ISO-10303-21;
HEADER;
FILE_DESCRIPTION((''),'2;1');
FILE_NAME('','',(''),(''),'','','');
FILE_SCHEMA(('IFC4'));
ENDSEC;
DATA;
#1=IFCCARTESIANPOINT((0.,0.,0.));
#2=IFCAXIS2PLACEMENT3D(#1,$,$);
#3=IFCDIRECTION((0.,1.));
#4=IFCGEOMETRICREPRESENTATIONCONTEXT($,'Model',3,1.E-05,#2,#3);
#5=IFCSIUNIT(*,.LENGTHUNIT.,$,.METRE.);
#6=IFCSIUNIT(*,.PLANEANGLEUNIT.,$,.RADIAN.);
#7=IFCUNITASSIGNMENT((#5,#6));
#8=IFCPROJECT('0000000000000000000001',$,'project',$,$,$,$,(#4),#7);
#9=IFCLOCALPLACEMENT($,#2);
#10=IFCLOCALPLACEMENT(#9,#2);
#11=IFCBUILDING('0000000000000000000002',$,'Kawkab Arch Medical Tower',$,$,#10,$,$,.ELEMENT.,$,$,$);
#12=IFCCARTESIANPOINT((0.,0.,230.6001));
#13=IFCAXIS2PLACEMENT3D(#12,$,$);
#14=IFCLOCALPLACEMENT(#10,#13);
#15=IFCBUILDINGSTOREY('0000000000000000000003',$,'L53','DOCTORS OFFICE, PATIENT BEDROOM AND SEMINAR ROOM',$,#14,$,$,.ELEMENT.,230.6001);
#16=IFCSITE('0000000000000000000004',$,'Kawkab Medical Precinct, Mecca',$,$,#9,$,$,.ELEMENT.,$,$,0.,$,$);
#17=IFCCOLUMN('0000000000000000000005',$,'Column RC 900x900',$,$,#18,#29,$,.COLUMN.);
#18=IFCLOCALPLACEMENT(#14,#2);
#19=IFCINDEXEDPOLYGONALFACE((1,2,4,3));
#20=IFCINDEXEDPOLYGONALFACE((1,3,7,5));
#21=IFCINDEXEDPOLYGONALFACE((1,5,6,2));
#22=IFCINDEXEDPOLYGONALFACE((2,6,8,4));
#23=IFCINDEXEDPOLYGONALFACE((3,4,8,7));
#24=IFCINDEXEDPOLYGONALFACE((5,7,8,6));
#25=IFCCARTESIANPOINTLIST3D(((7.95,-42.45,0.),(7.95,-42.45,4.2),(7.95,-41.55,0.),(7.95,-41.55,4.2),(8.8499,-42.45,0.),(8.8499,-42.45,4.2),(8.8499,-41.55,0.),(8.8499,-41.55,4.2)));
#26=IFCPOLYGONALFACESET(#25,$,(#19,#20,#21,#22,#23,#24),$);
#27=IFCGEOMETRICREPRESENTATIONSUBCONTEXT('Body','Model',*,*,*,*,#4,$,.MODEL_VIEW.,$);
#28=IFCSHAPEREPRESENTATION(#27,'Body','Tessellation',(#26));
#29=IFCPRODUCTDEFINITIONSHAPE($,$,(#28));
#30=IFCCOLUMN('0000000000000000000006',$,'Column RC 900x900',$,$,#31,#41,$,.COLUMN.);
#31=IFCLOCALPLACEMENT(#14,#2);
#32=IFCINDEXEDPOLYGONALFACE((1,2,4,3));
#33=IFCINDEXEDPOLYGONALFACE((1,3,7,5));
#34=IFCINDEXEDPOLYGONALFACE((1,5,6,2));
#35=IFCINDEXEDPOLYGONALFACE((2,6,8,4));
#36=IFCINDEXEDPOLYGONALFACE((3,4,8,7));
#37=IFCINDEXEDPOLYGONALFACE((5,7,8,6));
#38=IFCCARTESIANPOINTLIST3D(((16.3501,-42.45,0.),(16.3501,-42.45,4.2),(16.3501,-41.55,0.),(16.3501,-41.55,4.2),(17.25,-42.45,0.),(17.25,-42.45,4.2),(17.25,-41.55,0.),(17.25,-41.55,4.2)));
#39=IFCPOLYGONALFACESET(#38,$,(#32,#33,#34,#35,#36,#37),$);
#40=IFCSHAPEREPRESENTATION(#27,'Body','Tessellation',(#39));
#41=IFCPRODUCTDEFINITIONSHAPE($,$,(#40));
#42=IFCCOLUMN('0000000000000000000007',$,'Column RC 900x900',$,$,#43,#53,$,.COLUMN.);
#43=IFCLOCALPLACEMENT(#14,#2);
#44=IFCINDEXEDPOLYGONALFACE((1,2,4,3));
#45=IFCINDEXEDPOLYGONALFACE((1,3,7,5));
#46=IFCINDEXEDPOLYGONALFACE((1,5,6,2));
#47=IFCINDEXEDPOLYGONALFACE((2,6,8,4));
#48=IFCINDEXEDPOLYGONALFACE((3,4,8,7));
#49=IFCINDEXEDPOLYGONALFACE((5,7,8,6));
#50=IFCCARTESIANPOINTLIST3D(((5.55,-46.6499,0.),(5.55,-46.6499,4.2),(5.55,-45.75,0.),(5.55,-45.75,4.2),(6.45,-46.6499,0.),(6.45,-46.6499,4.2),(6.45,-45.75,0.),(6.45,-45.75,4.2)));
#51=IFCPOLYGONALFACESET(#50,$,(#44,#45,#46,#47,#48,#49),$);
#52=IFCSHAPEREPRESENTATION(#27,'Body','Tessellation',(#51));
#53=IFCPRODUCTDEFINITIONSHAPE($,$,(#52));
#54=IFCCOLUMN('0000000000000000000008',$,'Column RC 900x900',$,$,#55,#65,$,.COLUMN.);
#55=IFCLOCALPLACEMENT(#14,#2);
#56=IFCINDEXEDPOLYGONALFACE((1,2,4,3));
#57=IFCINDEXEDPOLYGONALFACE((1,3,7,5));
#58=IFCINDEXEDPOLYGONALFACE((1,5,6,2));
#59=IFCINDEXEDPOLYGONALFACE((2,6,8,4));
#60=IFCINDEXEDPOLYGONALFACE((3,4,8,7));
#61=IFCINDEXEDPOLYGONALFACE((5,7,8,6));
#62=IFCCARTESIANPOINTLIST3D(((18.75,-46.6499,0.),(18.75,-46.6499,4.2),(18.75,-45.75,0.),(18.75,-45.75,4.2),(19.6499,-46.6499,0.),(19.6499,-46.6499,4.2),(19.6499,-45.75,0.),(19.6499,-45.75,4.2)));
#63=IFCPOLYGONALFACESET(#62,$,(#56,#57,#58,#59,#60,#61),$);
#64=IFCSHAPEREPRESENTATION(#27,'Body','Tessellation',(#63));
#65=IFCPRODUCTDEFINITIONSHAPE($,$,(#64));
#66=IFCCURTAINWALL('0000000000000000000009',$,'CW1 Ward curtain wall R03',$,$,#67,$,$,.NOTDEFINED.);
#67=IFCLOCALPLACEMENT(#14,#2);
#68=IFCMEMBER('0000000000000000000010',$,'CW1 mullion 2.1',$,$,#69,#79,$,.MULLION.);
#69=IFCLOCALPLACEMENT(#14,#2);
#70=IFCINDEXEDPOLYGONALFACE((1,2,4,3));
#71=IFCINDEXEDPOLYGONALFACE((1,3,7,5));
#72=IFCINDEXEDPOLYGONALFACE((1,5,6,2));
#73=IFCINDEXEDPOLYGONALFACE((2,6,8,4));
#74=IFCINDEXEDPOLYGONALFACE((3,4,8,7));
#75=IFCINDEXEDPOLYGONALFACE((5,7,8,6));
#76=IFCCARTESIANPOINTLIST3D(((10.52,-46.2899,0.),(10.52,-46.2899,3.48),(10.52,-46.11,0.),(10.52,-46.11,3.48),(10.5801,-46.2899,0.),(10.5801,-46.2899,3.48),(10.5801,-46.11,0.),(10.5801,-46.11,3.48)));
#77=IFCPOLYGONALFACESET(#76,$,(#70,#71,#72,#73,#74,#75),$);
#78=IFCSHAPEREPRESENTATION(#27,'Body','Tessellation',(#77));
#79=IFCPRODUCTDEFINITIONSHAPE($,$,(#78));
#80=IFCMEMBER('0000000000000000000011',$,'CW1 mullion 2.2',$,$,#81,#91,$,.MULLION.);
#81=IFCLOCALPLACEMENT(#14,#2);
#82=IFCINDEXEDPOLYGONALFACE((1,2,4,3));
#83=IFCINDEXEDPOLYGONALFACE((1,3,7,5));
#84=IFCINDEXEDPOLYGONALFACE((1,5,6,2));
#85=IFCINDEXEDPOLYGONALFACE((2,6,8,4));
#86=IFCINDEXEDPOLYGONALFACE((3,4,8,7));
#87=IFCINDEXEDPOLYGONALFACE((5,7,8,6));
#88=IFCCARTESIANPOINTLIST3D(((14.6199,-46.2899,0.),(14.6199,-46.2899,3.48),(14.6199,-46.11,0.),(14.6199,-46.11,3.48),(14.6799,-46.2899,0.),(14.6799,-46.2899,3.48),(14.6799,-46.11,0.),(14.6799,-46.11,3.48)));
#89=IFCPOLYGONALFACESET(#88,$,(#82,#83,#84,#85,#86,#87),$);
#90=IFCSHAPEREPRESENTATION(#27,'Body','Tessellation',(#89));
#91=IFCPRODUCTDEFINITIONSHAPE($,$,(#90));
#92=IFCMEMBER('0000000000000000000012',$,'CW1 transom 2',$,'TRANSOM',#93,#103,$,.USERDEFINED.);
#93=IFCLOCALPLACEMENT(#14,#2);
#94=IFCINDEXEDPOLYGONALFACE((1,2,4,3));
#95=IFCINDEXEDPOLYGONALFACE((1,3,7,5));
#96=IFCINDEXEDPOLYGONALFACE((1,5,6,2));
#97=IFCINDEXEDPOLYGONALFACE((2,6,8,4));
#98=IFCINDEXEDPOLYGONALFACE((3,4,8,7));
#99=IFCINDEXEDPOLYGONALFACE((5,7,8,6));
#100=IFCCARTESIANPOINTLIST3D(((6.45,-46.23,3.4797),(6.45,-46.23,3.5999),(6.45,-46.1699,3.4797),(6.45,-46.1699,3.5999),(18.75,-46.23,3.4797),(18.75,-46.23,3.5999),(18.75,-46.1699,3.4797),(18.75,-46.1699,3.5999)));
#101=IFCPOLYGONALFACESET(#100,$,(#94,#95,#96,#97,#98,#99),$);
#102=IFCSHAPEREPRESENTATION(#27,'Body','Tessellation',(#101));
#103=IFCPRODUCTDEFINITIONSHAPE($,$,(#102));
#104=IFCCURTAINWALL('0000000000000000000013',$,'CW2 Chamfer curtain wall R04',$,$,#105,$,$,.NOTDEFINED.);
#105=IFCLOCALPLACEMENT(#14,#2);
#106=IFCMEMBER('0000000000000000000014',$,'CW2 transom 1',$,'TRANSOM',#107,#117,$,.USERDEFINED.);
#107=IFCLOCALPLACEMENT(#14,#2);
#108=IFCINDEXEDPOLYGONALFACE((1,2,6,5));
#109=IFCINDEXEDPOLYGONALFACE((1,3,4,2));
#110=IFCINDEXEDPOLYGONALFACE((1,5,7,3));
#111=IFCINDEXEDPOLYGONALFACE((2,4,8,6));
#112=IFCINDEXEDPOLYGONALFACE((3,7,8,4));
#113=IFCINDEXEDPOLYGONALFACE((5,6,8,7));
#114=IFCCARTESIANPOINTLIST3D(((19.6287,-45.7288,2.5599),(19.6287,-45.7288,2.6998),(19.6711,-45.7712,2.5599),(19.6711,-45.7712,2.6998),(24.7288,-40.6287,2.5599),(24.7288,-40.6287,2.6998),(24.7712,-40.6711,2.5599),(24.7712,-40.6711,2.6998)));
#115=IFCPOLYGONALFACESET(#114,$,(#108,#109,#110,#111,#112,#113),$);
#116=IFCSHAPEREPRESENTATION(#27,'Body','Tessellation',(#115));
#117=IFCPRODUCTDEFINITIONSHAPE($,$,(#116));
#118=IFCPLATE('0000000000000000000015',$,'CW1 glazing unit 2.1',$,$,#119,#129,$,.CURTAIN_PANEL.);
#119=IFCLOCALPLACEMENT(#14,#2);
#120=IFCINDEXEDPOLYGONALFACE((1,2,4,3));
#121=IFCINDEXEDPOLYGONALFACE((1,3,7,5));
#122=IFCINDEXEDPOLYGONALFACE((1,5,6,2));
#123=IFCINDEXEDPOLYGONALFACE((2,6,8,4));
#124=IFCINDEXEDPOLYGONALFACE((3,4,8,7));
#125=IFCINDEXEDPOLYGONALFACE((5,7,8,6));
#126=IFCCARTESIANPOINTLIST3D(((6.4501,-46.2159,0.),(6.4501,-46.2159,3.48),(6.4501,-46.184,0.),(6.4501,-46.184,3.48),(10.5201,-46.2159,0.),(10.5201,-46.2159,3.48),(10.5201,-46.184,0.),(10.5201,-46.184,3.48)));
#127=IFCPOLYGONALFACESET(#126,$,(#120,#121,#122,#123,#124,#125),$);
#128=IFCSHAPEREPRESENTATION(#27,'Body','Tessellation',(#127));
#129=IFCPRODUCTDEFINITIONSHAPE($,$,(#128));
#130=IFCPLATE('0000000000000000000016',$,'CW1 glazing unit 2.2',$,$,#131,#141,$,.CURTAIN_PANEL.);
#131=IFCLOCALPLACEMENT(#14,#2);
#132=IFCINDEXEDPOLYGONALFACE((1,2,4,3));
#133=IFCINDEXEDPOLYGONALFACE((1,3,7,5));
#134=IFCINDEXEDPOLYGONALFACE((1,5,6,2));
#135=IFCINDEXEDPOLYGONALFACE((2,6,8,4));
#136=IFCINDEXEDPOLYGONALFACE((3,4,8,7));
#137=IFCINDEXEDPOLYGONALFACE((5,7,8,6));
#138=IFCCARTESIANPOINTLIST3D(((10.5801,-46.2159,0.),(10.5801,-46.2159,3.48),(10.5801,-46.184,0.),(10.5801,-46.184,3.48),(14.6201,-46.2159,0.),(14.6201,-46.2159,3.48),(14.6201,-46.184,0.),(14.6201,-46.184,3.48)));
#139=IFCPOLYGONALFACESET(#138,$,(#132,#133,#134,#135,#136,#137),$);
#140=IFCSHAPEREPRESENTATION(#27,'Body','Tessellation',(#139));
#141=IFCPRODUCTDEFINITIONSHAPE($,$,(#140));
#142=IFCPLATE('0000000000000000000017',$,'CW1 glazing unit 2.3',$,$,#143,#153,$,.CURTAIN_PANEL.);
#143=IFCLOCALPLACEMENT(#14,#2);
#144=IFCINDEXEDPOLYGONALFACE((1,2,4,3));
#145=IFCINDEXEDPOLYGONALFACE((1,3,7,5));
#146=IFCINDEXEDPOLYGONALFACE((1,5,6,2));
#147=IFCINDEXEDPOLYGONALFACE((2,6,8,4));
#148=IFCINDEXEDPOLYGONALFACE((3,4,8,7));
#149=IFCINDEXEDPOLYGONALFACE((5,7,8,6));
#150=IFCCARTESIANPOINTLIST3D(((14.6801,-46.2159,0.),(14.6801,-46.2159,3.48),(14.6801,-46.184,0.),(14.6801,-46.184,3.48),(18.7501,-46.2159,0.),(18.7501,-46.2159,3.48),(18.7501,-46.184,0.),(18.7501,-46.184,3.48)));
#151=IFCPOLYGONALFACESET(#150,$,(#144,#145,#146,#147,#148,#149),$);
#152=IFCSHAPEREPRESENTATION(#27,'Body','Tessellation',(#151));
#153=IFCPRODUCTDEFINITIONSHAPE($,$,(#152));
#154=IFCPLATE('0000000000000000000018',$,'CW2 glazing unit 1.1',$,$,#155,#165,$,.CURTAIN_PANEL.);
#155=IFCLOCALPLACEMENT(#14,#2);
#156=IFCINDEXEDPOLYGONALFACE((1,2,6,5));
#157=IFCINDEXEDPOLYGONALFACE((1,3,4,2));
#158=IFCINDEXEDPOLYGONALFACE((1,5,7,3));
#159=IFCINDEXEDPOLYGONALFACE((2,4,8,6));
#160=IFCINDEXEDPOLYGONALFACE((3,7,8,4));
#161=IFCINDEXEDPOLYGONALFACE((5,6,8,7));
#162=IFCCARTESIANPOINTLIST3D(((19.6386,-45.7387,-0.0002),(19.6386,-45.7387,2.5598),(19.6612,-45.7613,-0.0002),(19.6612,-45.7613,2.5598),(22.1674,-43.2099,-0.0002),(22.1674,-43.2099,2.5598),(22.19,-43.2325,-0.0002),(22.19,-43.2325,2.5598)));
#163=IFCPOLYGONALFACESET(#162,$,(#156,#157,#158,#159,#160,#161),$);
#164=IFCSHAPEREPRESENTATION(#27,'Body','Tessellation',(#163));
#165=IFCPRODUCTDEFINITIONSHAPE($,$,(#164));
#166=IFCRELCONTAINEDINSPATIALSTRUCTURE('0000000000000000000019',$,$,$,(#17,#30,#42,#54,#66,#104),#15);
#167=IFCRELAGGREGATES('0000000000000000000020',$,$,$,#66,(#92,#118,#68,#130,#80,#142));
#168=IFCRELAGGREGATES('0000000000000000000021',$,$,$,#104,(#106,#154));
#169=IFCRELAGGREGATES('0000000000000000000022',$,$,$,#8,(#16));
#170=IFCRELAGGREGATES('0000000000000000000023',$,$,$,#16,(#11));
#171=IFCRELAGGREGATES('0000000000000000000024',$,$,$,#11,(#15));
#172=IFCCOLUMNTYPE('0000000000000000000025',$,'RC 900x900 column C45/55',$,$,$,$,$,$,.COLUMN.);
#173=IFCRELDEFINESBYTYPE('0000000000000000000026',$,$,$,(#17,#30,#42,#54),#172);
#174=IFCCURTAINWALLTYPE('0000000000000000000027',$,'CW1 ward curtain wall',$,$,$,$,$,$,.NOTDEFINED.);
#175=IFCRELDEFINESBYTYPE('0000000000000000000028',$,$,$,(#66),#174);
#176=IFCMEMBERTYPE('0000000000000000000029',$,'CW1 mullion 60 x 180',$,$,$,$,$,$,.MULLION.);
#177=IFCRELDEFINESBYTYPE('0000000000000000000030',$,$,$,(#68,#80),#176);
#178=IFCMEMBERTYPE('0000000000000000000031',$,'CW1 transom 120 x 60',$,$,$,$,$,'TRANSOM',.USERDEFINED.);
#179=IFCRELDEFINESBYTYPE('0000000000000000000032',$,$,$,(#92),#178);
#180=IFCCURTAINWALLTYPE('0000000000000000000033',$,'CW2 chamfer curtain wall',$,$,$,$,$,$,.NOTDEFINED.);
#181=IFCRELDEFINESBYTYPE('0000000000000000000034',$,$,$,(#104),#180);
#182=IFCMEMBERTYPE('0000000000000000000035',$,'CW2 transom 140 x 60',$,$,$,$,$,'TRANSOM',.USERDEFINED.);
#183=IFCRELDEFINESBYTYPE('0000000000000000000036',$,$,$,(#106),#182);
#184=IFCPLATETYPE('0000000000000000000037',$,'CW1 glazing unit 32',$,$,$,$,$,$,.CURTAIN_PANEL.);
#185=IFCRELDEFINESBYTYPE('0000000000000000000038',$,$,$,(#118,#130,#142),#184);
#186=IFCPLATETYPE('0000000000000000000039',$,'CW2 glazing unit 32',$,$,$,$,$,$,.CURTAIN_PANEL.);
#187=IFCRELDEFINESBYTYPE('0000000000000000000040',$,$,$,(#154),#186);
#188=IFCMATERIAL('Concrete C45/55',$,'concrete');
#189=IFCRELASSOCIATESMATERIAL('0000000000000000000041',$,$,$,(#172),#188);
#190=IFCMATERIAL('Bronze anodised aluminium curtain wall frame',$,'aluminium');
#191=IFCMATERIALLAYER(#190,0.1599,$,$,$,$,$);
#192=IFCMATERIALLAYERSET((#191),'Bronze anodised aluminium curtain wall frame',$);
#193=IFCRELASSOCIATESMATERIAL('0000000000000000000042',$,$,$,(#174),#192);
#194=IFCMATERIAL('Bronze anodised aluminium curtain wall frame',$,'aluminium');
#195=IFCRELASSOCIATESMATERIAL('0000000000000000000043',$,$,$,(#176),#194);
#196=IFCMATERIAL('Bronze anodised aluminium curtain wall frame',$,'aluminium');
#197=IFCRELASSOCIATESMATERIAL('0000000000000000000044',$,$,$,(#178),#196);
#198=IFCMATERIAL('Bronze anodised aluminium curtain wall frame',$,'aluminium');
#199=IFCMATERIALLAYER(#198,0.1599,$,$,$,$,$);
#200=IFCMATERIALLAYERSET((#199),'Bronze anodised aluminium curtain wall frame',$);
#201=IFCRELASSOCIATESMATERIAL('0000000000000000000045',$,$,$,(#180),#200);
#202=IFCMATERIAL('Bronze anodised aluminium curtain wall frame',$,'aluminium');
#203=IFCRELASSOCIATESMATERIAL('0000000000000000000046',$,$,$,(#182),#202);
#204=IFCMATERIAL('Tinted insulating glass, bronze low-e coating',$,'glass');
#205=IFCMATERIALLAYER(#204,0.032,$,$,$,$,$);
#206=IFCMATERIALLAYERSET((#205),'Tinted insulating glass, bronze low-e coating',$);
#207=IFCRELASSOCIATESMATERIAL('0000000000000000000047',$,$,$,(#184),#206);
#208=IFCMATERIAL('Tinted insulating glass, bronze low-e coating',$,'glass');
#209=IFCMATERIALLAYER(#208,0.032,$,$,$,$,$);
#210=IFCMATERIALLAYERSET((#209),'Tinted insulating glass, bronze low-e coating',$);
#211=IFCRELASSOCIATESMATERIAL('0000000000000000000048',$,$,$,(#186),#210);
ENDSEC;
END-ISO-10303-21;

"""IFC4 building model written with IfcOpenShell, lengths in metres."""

from ifc_helpers import new_model, si_unit, direction, frame, origin, origin_2d, place, context, subcontext, project, spatial, rectangle, extrude, material, layer, layer_set, material_profile, profile_set, type_object, element, aggregate, save


model = new_model("IFC4")

# Units and contexts
model_context = context("Model", 3, precision=1e-05, world=origin(), true_north=direction((0.0, 1.0)))
body_context = subcontext(model_context, "Body", "Model", "MODEL_VIEW")
ifc_project = project(units=[si_unit("LENGTHUNIT", "METRE"), si_unit("PLANEANGLEUNIT", "RADIAN")], contexts=[model_context])

# Site, building, storey
site_placement = place(None, origin())
site = spatial("IfcSite", under=ifc_project, at=site_placement, Name="Kawkab Medical Precinct, Mecca", CompositionType="ELEMENT", RefElevation=0.0)
building_placement = place(site_placement, origin())
building = spatial("IfcBuilding", under=site, at=building_placement, Name="Kawkab Arch Medical Tower", CompositionType="ELEMENT")
storey_placement = place(building_placement, frame((0.0, 0.0, 230.6001)))
storey = spatial("IfcBuildingStorey", under=building, at=storey_placement, Name="L53", Description="DOCTORS OFFICE, PATIENT BEDROOM AND SEMINAR ROOM", CompositionType="ELEMENT", Elevation=230.6001)

# Columns
ifc_material_1 = material(Name="Concrete C45/55", Category="concrete")
ifc_material_profile_1 = material_profile(ifc_material_1, rectangle(XDim=0.8999, YDim=0.8999, at=origin_2d()), Name="RC 900x900")
ifc_profile_set_1 = profile_set([ifc_material_profile_1], Name="Concrete C45/55")
column_type = type_object("IfcColumnType", Name="RC 900x900 column C45/55", PredefinedType="COLUMN", material=ifc_profile_set_1)
for number, where, z_axis, x_axis, name in (
    (1, (8.3999, -42.0, 0.0), (0.0, 0.0, 1.0), (1.0, 0.0, 0.0), "Column RC 900x900"),
    (2, (16.8, -42.0, 0.0), (0.0, 0.0, 1.0), (1.0, 0.0, 0.0), "Column RC 900x900"),
    (3, (6.0, -46.2, 0.0), (0.0, 0.0, 1.0), (1.0, 0.0, 0.0), "Column RC 900x900"),
    (4, (19.2, -46.2, 0.0), (0.0, 0.0, 1.0), (1.0, 0.0, 0.0), "Column RC 900x900"),
):
    element("IfcColumn", number, at=place(storey_placement, frame(where, z_axis=z_axis, x_axis=x_axis)), inside=storey, type_object=column_type, Name=name, PredefinedType="COLUMN", context=body_context, shape_type="SweptSolid", body=[
        extrude(rectangle(XDim=0.8999, YDim=0.8999, at=origin_2d()), origin(), (0.0, 0.0, 1.0), 4.2),
    ])

# Curtain wall, members
ifc_material_2 = material(Name="Bronze anodised aluminium curtain wall frame", Category="aluminium")
ifc_layer_1 = layer(ifc_material_2, 0.1599)
ifc_layer_set_1 = layer_set([ifc_layer_1], Name="Bronze anodised aluminium curtain wall frame")
curtain_wall_type_1 = type_object("IfcCurtainWallType", Name="CW1 ward curtain wall", PredefinedType="NOTDEFINED", material=ifc_layer_set_1)
placement = place(storey_placement, origin())
curtain_wall_1 = element("IfcCurtainWall", 5, at=placement, inside=storey, type_object=curtain_wall_type_1, Name="CW1 Ward curtain wall R03", PredefinedType="NOTDEFINED")
ifc_material_3 = material(Name="Bronze anodised aluminium curtain wall frame", Category="aluminium")
ifc_material_profile_2 = material_profile(ifc_material_3, rectangle(XDim=0.1799, YDim=0.0601, at=origin_2d()), Name="AL 60x180")
ifc_profile_set_2 = profile_set([ifc_material_profile_2], Name="Bronze anodised aluminium curtain wall frame")
member_type_1 = type_object("IfcMemberType", Name="CW1 mullion 60 x 180", PredefinedType="MULLION", material=ifc_profile_set_2)
member_1_placement = place(storey_placement, frame((10.55, -46.2, 0.0), z_axis=(0.0, 0.0, 1.0), x_axis=(0.0, 1.0, 0.0)))
member_1 = element("IfcMember", 6, at=member_1_placement, type_object=member_type_1, Name="CW1 mullion 2.1", PredefinedType="MULLION", context=body_context, shape_type="SweptSolid", body=[
    extrude(rectangle(XDim=0.1799, YDim=0.0601, at=origin_2d()), origin(), (0.0, 0.0, 1.0), 3.48),
])
member_2_placement = place(storey_placement, frame((14.6499, -46.2, 0.0), z_axis=(0.0, 0.0, 1.0), x_axis=(0.0, 1.0, 0.0)))
member_2 = element("IfcMember", 7, at=member_2_placement, type_object=member_type_1, Name="CW1 mullion 2.2", PredefinedType="MULLION", context=body_context, shape_type="SweptSolid", body=[
    extrude(rectangle(XDim=0.1799, YDim=0.0601, at=origin_2d()), origin(), (0.0, 0.0, 1.0), 3.48),
])
ifc_material_4 = material(Name="Bronze anodised aluminium curtain wall frame", Category="aluminium")
ifc_material_profile_3 = material_profile(ifc_material_4, rectangle(XDim=0.0601, YDim=0.1201, at=origin_2d()), Name="AL 60x120")
ifc_profile_set_3 = profile_set([ifc_material_profile_3], Name="Bronze anodised aluminium curtain wall frame")
member_type_2 = type_object("IfcMemberType", Name="CW1 transom 120 x 60", ElementType="TRANSOM", PredefinedType="USERDEFINED", material=ifc_profile_set_3)
member_3_placement = place(storey_placement, frame((6.45, -46.2, 3.5398), z_axis=(1.0, 0.0, 0.0), x_axis=(0.0, 1.0, 0.0)))
member_3 = element("IfcMember", 8, at=member_3_placement, type_object=member_type_2, Name="CW1 transom 2", ObjectType="TRANSOM", PredefinedType="USERDEFINED", context=body_context, shape_type="SweptSolid", body=[
    extrude(rectangle(XDim=0.0601, YDim=0.1201, at=origin_2d()), origin(), (0.0, 0.0, 1.0), 12.3),
])

# Curtain wall, member
ifc_material_5 = material(Name="Bronze anodised aluminium curtain wall frame", Category="aluminium")
ifc_layer_2 = layer(ifc_material_5, 0.1599)
ifc_layer_set_2 = layer_set([ifc_layer_2], Name="Bronze anodised aluminium curtain wall frame")
curtain_wall_type_2 = type_object("IfcCurtainWallType", Name="CW2 chamfer curtain wall", PredefinedType="NOTDEFINED", material=ifc_layer_set_2)
curtain_wall_2 = element("IfcCurtainWall", 9, at=placement, inside=storey, type_object=curtain_wall_type_2, Name="CW2 Chamfer curtain wall R04", PredefinedType="NOTDEFINED")
ifc_material_6 = material(Name="Bronze anodised aluminium curtain wall frame", Category="aluminium")
ifc_material_profile_4 = material_profile(ifc_material_6, rectangle(XDim=0.0601, YDim=0.1399, at=origin_2d()), Name="AL 60x140")
ifc_profile_set_4 = profile_set([ifc_material_profile_4], Name="Bronze anodised aluminium curtain wall frame")
member_type_3 = type_object("IfcMemberType", Name="CW2 transom 140 x 60", ElementType="TRANSOM", PredefinedType="USERDEFINED", material=ifc_profile_set_4)
member_4_placement = place(storey_placement, frame((19.6499, -45.75, 2.6299), z_axis=(0.707107, 0.707107, 0.0), x_axis=(-0.707107, 0.707107, 0.0)))
member_4 = element("IfcMember", 10, at=member_4_placement, type_object=member_type_3, Name="CW2 transom 1", ObjectType="TRANSOM", PredefinedType="USERDEFINED", context=body_context, shape_type="SweptSolid", body=[
    extrude(rectangle(XDim=0.0601, YDim=0.1399, at=origin_2d()), origin(), (0.0, 0.0, 1.0), 7.2126),
])

# Plates
ifc_material_7 = material(Name="Tinted insulating glass, bronze low-e coating", Category="glass")
ifc_layer_3 = layer(ifc_material_7, 0.032)
ifc_layer_set_3 = layer_set([ifc_layer_3], Name="Tinted insulating glass, bronze low-e coating")
plate_type_1 = type_object("IfcPlateType", Name="CW1 glazing unit 32", PredefinedType="CURTAIN_PANEL", material=ifc_layer_set_3)
plate_1_placement = place(storey_placement, frame((8.4851, -46.2, 0.0), z_axis=(0.0, 0.0, 1.0), x_axis=(1.0, 0.0, 0.0)))
plate_1 = element("IfcPlate", 11, at=plate_1_placement, type_object=plate_type_1, Name="CW1 glazing unit 2.1", PredefinedType="CURTAIN_PANEL", context=body_context, shape_type="SweptSolid", body=[
    extrude(rectangle(XDim=4.0701, YDim=0.032, at=origin_2d()), origin(), (0.0, 0.0, 1.0), 3.48),
])
plate_2_placement = place(storey_placement, frame((12.6001, -46.2, 0.0), z_axis=(0.0, 0.0, 1.0), x_axis=(1.0, 0.0, 0.0)))
plate_2 = element("IfcPlate", 12, at=plate_2_placement, type_object=plate_type_1, Name="CW1 glazing unit 2.2", PredefinedType="CURTAIN_PANEL", context=body_context, shape_type="SweptSolid", body=[
    extrude(rectangle(XDim=4.04, YDim=0.032, at=origin_2d()), origin(), (0.0, 0.0, 1.0), 3.48),
])
plate_3_placement = place(storey_placement, frame((16.7151, -46.2, 0.0), z_axis=(0.0, 0.0, 1.0), x_axis=(1.0, 0.0, 0.0)))
plate_3 = element("IfcPlate", 13, at=plate_3_placement, type_object=plate_type_1, Name="CW1 glazing unit 2.3", PredefinedType="CURTAIN_PANEL", context=body_context, shape_type="SweptSolid", body=[
    extrude(rectangle(XDim=4.0701, YDim=0.032, at=origin_2d()), origin(), (0.0, 0.0, 1.0), 3.48),
])
aggregate(curtain_wall_1, [member_3, plate_1, member_1, plate_2, member_2, plate_3])
ifc_material_8 = material(Name="Tinted insulating glass, bronze low-e coating", Category="glass")
ifc_layer_4 = layer(ifc_material_8, 0.032)
ifc_layer_set_4 = layer_set([ifc_layer_4], Name="Tinted insulating glass, bronze low-e coating")
plate_type_2 = type_object("IfcPlateType", Name="CW2 glazing unit 32", PredefinedType="CURTAIN_PANEL", material=ifc_layer_set_4)
plate_4_placement = place(storey_placement, frame((20.9143, -44.4856, -0.0002), z_axis=(0.0, 0.0, 1.0), x_axis=(0.707107, 0.707107, 0.0)))
plate_4 = element("IfcPlate", 14, at=plate_4_placement, type_object=plate_type_2, Name="CW2 glazing unit 1.1", PredefinedType="CURTAIN_PANEL", context=body_context, shape_type="SweptSolid", body=[
    extrude(rectangle(XDim=3.5762, YDim=0.032, at=origin_2d()), origin(), (0.0, 0.0, 1.0), 2.5601),
])
aggregate(curtain_wall_2, [member_4, plate_4])

save(model, "model.ifc")
